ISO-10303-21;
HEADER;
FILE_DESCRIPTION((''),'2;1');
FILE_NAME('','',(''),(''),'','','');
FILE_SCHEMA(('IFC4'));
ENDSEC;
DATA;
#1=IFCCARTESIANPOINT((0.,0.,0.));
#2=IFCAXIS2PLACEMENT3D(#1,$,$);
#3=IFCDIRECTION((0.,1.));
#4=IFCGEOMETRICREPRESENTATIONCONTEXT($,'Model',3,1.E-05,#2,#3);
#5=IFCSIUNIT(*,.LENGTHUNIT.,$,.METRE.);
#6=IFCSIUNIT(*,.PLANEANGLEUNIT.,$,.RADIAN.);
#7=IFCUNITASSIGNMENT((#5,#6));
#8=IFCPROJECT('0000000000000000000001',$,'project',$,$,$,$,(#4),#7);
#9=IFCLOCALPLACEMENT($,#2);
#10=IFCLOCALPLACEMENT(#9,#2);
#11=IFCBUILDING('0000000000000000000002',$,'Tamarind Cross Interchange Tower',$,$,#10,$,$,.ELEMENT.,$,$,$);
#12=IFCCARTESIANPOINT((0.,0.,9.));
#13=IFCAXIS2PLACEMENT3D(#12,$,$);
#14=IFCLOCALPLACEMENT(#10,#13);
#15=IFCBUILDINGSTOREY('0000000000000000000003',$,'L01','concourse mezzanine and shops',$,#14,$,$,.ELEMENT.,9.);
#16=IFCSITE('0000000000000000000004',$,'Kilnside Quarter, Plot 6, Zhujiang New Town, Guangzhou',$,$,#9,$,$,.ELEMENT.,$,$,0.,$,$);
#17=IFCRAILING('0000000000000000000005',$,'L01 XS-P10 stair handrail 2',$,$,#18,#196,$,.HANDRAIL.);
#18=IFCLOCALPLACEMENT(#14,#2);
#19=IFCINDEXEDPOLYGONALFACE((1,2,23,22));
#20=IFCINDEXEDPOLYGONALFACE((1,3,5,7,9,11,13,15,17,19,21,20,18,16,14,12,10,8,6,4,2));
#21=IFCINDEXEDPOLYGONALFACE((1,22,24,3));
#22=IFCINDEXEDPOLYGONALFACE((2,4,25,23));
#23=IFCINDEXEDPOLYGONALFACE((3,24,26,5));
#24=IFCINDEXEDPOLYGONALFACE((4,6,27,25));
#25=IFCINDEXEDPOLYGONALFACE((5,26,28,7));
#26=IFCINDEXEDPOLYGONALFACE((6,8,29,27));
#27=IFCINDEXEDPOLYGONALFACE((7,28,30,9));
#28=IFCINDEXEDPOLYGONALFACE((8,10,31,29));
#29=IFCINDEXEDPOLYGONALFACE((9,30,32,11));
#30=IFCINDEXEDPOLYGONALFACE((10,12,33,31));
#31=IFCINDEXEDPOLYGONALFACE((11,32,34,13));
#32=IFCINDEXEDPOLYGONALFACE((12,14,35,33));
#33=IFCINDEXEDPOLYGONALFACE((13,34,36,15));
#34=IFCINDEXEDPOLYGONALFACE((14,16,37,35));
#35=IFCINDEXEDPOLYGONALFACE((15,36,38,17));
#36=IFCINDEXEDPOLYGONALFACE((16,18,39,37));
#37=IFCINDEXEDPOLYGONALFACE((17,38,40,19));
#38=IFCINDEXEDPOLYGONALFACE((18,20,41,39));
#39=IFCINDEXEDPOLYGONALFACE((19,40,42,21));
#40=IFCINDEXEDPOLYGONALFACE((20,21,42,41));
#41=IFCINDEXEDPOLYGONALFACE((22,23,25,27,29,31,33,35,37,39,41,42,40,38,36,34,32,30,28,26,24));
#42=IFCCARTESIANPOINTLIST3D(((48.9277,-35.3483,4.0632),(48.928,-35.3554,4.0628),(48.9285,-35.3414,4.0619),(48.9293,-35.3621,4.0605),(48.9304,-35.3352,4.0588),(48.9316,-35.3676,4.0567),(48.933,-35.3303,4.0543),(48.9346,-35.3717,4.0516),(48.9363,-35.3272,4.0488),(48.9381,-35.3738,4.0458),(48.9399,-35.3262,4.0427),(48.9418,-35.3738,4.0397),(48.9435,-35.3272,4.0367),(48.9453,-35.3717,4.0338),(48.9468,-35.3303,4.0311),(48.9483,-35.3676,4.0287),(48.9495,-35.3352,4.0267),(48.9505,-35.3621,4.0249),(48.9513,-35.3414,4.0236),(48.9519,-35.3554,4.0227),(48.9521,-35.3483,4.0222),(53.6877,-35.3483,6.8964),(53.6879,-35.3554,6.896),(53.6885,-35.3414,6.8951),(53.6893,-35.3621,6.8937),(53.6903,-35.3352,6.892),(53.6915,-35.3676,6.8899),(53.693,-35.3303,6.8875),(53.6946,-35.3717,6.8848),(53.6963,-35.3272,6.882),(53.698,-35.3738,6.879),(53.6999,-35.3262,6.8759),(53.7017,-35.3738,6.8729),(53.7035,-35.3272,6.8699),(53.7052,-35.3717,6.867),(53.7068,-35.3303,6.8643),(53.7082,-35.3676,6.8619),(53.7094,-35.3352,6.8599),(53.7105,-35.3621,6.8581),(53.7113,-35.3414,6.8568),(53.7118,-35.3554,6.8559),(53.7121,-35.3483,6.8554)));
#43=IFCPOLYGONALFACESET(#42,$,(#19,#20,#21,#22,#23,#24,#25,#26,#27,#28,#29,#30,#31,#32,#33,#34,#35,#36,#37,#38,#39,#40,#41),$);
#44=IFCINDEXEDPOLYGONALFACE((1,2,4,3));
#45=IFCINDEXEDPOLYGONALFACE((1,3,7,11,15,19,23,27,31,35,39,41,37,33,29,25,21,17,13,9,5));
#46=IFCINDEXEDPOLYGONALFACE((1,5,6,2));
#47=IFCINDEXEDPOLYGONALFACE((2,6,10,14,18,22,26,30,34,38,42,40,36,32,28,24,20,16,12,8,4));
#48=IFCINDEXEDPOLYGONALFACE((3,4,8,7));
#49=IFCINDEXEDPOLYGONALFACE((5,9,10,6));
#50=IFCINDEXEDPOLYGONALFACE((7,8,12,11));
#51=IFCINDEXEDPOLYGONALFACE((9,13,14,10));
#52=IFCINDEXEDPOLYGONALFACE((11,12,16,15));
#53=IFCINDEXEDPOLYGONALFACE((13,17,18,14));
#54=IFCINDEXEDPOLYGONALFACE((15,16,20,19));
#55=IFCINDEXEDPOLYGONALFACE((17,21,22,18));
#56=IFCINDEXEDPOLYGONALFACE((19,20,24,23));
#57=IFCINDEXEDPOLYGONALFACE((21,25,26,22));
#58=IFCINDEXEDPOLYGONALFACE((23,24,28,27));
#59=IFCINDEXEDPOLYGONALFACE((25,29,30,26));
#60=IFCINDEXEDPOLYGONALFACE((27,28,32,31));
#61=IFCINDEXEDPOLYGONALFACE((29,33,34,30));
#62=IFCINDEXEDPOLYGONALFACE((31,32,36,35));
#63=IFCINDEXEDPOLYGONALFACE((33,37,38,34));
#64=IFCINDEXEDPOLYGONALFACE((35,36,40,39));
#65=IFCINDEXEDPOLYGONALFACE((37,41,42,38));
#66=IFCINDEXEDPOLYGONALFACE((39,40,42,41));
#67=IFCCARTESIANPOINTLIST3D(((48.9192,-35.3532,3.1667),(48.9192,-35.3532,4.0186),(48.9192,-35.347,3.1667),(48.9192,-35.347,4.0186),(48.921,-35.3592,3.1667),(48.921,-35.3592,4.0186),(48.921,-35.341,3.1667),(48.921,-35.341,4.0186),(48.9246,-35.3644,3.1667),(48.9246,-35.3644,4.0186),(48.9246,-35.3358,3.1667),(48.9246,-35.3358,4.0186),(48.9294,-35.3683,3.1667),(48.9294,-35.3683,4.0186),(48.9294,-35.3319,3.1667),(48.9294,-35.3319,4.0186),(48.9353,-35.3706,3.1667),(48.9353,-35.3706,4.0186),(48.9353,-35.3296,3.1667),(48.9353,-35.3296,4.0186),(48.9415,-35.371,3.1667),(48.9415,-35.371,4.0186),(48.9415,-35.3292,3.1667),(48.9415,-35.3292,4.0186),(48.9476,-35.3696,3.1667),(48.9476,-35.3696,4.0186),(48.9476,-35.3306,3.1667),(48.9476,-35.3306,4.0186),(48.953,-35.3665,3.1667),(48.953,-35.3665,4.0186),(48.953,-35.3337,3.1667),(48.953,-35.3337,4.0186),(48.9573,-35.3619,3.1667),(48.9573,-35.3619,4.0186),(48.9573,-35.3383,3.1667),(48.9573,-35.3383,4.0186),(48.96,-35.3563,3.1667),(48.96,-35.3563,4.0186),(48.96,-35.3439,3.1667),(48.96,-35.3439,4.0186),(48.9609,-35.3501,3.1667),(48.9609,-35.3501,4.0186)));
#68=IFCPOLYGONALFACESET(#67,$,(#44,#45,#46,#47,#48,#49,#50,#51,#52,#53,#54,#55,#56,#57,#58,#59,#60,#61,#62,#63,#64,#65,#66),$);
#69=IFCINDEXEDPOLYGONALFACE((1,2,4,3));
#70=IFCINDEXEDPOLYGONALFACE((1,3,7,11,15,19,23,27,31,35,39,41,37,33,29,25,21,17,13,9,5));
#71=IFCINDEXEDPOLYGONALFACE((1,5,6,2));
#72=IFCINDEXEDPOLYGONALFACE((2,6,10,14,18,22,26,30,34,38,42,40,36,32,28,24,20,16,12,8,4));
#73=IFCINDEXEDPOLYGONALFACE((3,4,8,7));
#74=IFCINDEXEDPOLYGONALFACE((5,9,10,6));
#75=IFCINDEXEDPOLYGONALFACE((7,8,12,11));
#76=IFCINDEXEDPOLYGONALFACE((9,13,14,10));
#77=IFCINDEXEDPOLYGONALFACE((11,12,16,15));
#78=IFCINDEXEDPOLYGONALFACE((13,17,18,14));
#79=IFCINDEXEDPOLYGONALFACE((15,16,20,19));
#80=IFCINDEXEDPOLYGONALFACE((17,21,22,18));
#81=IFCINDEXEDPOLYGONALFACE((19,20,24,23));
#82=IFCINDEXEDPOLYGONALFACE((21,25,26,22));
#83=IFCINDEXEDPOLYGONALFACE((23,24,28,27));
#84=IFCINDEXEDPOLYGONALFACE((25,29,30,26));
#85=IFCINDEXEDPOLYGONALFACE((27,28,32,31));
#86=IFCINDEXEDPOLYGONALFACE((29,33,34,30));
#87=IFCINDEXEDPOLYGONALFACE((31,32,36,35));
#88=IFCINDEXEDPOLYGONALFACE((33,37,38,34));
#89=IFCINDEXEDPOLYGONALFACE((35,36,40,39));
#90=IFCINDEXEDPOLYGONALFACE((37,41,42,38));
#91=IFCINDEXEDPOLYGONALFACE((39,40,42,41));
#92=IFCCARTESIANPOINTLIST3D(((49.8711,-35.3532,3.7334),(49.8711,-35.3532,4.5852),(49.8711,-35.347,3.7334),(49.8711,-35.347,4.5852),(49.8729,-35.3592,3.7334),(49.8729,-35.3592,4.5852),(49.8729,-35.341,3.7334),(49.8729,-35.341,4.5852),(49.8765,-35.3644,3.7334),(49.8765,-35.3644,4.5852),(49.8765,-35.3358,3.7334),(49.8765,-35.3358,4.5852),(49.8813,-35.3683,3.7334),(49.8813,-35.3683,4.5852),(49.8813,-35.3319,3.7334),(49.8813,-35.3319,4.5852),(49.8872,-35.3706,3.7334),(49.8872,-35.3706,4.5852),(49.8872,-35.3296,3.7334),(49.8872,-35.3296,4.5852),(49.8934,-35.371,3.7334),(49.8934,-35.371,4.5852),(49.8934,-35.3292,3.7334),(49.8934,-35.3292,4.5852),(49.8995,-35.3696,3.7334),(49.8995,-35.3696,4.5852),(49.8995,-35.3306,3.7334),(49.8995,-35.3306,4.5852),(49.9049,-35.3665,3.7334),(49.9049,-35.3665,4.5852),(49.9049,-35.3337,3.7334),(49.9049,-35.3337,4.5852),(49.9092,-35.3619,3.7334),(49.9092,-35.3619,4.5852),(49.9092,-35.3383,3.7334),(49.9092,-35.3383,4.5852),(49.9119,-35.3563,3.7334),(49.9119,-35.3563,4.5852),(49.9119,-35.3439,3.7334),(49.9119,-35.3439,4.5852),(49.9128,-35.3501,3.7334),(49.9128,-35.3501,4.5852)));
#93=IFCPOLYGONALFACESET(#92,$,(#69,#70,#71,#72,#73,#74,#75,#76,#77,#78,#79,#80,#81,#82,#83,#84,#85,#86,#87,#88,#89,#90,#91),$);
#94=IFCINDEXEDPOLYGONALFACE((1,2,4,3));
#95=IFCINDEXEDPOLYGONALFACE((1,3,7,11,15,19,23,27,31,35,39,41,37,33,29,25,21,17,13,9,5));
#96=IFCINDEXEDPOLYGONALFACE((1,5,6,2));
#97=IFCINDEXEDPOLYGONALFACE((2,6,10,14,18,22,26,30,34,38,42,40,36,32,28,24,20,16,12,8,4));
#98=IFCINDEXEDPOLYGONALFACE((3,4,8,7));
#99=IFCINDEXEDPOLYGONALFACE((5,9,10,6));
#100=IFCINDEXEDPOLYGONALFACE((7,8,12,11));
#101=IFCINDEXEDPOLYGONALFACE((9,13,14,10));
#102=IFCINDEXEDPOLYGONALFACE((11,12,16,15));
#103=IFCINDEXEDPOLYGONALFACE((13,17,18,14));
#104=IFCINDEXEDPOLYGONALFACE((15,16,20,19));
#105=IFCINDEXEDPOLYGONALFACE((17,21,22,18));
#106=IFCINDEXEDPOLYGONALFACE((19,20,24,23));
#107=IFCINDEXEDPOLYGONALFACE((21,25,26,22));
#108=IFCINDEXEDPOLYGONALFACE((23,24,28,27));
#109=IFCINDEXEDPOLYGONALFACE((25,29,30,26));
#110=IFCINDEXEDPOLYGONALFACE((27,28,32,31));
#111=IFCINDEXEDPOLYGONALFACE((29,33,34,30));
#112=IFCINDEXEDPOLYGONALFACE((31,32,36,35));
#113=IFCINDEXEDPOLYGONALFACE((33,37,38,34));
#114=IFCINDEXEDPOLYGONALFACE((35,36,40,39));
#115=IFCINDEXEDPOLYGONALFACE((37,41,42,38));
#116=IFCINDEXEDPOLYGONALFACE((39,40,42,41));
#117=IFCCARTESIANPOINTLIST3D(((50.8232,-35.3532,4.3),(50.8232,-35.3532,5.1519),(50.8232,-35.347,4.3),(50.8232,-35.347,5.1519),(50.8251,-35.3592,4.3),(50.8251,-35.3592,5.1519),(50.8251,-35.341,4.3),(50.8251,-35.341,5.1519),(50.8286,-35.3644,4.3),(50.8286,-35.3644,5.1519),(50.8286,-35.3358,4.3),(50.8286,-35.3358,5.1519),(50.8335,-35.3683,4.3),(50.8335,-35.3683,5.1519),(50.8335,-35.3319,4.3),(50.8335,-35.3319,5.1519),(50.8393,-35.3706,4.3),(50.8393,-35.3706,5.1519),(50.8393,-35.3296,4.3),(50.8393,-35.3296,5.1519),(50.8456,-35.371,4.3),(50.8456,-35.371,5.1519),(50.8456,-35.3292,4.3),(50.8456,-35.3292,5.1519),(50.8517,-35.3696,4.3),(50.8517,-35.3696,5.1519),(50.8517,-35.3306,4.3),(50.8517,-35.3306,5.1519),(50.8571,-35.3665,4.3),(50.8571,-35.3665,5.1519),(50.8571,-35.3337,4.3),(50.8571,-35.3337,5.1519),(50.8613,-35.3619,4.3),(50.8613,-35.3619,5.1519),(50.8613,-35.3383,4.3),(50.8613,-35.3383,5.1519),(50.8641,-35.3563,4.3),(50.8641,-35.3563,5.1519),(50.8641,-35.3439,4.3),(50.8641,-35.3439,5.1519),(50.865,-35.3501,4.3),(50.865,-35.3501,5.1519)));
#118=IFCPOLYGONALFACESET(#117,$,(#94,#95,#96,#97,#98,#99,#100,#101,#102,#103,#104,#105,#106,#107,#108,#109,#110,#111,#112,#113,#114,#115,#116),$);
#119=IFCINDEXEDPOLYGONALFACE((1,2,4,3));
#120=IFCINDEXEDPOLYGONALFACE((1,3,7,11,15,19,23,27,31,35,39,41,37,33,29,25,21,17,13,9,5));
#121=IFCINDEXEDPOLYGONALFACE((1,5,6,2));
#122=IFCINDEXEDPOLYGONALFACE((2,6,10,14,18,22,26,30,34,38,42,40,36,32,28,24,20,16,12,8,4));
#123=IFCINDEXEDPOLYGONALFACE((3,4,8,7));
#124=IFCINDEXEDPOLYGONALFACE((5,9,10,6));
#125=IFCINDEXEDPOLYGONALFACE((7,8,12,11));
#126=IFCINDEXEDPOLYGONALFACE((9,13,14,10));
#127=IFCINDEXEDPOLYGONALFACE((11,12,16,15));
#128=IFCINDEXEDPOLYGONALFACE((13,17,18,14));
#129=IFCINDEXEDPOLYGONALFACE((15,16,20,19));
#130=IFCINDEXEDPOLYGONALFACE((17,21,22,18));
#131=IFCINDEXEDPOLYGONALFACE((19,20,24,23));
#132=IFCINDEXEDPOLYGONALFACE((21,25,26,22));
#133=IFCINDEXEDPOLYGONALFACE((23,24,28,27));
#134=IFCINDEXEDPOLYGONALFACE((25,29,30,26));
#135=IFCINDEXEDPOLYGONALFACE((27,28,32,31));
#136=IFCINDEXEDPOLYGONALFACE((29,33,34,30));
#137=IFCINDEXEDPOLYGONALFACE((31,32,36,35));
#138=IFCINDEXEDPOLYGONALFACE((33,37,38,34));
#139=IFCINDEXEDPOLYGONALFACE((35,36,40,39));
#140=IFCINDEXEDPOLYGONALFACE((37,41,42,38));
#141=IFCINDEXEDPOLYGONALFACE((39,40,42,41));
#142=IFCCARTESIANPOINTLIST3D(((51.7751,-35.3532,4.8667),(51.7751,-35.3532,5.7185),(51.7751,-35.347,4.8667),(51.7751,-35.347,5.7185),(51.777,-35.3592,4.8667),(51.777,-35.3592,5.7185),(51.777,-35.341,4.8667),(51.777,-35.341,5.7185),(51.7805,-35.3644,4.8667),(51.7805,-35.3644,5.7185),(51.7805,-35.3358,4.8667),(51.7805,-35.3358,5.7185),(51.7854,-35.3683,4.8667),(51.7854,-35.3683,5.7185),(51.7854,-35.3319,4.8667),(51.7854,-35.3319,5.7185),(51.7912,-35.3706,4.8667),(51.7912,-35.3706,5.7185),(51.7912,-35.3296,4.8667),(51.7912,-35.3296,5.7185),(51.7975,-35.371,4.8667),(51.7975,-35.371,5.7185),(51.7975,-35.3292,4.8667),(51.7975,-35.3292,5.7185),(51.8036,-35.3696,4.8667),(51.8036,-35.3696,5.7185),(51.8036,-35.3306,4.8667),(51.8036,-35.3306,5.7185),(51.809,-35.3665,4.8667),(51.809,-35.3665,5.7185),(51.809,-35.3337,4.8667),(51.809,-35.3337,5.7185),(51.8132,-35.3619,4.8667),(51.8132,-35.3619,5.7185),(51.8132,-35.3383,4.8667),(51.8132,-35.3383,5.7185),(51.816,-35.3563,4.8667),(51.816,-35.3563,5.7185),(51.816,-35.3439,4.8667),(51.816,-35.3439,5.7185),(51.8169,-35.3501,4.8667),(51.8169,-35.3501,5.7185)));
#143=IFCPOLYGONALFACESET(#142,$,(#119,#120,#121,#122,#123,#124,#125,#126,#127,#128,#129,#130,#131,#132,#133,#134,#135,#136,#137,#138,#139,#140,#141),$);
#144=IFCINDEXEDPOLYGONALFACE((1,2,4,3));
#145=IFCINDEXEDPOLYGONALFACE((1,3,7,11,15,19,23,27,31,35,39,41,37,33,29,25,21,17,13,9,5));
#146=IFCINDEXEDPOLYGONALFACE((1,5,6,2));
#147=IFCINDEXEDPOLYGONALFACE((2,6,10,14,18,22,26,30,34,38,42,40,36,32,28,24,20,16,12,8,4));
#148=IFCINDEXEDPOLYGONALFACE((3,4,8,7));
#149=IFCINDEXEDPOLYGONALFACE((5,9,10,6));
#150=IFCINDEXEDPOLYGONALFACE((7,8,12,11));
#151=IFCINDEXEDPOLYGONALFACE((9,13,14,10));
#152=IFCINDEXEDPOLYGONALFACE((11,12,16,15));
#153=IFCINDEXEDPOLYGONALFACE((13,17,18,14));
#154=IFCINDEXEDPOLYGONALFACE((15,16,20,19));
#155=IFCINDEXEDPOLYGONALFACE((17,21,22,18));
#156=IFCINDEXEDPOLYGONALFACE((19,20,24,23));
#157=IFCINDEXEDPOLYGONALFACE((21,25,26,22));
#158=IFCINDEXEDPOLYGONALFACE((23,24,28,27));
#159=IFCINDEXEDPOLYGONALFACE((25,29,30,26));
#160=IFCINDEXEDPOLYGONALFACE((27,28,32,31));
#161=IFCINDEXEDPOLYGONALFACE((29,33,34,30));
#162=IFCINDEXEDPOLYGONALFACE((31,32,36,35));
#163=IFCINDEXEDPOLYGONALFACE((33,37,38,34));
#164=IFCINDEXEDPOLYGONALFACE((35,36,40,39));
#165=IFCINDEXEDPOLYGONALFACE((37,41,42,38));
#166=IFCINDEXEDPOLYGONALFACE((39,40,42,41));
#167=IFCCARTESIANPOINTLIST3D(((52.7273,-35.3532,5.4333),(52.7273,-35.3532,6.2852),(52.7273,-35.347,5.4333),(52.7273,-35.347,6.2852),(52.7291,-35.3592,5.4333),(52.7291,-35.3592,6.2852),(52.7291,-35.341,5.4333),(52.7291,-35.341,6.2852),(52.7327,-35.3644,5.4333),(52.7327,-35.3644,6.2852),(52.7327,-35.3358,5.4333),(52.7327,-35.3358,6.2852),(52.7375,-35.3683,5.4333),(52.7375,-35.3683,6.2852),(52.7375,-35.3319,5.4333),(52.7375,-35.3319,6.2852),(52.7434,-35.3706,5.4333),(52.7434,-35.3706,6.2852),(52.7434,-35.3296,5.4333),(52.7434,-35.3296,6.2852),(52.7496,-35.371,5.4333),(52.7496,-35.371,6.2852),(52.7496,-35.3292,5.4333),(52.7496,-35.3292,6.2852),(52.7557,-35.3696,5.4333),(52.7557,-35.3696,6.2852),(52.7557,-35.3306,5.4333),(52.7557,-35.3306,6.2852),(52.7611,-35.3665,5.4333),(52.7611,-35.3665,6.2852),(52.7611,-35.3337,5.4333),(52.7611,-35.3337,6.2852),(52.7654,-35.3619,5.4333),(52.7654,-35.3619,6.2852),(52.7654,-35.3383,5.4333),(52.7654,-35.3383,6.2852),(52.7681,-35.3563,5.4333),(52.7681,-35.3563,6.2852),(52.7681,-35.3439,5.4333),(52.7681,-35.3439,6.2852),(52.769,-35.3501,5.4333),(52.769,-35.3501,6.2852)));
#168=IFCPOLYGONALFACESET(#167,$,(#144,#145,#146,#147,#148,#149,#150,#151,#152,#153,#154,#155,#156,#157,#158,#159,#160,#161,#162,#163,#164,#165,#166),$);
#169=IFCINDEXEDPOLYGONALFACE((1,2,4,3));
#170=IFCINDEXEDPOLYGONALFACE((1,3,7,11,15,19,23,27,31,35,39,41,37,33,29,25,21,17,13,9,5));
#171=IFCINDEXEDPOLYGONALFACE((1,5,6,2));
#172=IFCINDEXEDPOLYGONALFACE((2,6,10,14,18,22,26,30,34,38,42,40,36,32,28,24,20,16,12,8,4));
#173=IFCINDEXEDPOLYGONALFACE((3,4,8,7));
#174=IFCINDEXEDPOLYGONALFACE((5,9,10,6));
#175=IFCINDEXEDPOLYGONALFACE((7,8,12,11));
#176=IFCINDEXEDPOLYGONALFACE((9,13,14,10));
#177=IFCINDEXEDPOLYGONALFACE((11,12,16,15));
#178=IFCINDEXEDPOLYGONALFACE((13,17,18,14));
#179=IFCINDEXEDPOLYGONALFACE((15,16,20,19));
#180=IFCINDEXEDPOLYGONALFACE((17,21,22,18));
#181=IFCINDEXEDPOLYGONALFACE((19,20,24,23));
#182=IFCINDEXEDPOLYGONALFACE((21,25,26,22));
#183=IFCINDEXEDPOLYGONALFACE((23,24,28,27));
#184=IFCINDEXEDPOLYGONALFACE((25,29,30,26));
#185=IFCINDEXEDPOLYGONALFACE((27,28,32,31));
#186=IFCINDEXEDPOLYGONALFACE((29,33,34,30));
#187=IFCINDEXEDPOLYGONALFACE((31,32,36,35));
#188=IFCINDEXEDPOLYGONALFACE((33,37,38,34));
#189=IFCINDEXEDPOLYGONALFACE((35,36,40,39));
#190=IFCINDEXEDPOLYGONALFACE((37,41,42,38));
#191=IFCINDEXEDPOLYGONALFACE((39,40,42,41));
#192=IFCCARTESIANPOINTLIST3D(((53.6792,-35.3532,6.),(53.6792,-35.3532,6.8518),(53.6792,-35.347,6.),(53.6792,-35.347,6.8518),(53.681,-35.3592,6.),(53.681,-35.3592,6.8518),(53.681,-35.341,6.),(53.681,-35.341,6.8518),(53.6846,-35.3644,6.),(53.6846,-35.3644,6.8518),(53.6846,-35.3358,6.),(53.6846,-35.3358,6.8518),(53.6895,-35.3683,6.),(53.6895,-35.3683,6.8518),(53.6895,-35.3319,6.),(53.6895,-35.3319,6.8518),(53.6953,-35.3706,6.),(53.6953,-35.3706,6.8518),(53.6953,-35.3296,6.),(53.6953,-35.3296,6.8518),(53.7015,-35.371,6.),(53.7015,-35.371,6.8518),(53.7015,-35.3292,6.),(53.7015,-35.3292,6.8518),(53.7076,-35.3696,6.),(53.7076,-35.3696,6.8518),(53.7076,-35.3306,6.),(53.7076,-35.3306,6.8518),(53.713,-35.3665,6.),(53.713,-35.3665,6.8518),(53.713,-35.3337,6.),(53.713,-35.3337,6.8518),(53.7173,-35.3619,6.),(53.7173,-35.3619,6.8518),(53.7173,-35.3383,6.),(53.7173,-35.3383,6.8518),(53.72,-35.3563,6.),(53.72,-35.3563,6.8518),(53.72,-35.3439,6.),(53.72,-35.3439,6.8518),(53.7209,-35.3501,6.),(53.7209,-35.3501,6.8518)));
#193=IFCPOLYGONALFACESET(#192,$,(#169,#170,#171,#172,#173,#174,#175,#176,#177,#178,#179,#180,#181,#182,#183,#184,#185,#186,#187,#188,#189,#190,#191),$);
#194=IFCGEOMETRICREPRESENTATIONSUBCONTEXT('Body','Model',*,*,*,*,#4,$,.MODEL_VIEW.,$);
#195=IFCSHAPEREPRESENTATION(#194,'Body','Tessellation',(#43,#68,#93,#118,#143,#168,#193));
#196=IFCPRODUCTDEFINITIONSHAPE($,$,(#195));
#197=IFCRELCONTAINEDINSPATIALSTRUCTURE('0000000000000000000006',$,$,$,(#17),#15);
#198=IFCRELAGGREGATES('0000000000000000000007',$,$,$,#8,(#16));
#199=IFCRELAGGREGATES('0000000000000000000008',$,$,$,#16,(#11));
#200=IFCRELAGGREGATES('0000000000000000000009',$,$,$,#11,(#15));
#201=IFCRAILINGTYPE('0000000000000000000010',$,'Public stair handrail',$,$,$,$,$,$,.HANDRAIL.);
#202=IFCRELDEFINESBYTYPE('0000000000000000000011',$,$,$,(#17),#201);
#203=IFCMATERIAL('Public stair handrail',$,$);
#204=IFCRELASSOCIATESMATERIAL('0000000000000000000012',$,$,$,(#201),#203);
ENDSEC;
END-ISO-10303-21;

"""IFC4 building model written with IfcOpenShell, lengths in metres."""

from ifc_helpers import new_model, si_unit, direction, frame, origin, origin_2d, place, context, subcontext, project, spatial, circle, extrude, material, type_object, element, save


model = new_model("IFC4")

# Units and contexts
model_context = context("Model", 3, precision=1e-05, world=origin(), true_north=direction((0.0, 1.0)))
body_context = subcontext(model_context, "Body", "Model", "MODEL_VIEW")
ifc_project = project(units=[si_unit("LENGTHUNIT", "METRE"), si_unit("PLANEANGLEUNIT", "RADIAN")], contexts=[model_context])

# Site, building, storey
site_placement = place(None, origin())
site = spatial("IfcSite", under=ifc_project, at=site_placement, Name="Kilnside Quarter, Plot 6, Zhujiang New Town, Guangzhou", CompositionType="ELEMENT", RefElevation=0.0)
building_placement = place(site_placement, origin())
building = spatial("IfcBuilding", under=site, at=building_placement, Name="Tamarind Cross Interchange Tower", CompositionType="ELEMENT")
storey_placement = place(building_placement, frame((0.0, 0.0, 9.0)))
storey = spatial("IfcBuildingStorey", under=building, at=storey_placement, Name="L01", Description="concourse mezzanine and shops", CompositionType="ELEMENT", Elevation=9.0)

# Railing
ifc_material_1 = material(Name="Public stair handrail")
railing_type_1 = type_object("IfcRailingType", Name="Public stair handrail", PredefinedType="HANDRAIL", material=ifc_material_1)
railing_1_placement = place(storey_placement, frame((48.9399, -35.3501, 3.1667)))
element("IfcRailing", 1, at=railing_1_placement, inside=storey, type_object=railing_type_1, Name="L01 XS-P10 stair handrail 2", PredefinedType="HANDRAIL", context=body_context, shape_type="SweptSolid", body=[
    extrude(circle(Radius=0.0239, at=origin_2d()), frame((0.0, 0.0, 0.876), z_axis=(0.8593, 0.0, 0.511472), x_axis=(0.0, 1.0, 0.0)), (0.0, 0.0, 1.0), 5.5393),
    extrude(circle(Radius=0.021, at=origin_2d()), origin(), (0.0, 0.0, 1.0), 0.8518),
    extrude(circle(Radius=0.021, at=origin_2d()), frame((0.9519, 0.0, 0.5667)), (0.0, 0.0, 1.0), 0.8518),
    extrude(circle(Radius=0.021, at=origin_2d()), frame((1.9041, 0.0, 1.1333)), (0.0, 0.0, 1.0), 0.8518),
    extrude(circle(Radius=0.021, at=origin_2d()), frame((2.856, 0.0, 1.7)), (0.0, 0.0, 1.0), 0.8518),
    extrude(circle(Radius=0.021, at=origin_2d()), frame((3.8081, 0.0, 2.2666)), (0.0, 0.0, 1.0), 0.8518),
    extrude(circle(Radius=0.021, at=origin_2d()), frame((4.76, 0.0, 2.8333)), (0.0, 0.0, 1.0), 0.8518),
])

save(model, "model.ifc")
